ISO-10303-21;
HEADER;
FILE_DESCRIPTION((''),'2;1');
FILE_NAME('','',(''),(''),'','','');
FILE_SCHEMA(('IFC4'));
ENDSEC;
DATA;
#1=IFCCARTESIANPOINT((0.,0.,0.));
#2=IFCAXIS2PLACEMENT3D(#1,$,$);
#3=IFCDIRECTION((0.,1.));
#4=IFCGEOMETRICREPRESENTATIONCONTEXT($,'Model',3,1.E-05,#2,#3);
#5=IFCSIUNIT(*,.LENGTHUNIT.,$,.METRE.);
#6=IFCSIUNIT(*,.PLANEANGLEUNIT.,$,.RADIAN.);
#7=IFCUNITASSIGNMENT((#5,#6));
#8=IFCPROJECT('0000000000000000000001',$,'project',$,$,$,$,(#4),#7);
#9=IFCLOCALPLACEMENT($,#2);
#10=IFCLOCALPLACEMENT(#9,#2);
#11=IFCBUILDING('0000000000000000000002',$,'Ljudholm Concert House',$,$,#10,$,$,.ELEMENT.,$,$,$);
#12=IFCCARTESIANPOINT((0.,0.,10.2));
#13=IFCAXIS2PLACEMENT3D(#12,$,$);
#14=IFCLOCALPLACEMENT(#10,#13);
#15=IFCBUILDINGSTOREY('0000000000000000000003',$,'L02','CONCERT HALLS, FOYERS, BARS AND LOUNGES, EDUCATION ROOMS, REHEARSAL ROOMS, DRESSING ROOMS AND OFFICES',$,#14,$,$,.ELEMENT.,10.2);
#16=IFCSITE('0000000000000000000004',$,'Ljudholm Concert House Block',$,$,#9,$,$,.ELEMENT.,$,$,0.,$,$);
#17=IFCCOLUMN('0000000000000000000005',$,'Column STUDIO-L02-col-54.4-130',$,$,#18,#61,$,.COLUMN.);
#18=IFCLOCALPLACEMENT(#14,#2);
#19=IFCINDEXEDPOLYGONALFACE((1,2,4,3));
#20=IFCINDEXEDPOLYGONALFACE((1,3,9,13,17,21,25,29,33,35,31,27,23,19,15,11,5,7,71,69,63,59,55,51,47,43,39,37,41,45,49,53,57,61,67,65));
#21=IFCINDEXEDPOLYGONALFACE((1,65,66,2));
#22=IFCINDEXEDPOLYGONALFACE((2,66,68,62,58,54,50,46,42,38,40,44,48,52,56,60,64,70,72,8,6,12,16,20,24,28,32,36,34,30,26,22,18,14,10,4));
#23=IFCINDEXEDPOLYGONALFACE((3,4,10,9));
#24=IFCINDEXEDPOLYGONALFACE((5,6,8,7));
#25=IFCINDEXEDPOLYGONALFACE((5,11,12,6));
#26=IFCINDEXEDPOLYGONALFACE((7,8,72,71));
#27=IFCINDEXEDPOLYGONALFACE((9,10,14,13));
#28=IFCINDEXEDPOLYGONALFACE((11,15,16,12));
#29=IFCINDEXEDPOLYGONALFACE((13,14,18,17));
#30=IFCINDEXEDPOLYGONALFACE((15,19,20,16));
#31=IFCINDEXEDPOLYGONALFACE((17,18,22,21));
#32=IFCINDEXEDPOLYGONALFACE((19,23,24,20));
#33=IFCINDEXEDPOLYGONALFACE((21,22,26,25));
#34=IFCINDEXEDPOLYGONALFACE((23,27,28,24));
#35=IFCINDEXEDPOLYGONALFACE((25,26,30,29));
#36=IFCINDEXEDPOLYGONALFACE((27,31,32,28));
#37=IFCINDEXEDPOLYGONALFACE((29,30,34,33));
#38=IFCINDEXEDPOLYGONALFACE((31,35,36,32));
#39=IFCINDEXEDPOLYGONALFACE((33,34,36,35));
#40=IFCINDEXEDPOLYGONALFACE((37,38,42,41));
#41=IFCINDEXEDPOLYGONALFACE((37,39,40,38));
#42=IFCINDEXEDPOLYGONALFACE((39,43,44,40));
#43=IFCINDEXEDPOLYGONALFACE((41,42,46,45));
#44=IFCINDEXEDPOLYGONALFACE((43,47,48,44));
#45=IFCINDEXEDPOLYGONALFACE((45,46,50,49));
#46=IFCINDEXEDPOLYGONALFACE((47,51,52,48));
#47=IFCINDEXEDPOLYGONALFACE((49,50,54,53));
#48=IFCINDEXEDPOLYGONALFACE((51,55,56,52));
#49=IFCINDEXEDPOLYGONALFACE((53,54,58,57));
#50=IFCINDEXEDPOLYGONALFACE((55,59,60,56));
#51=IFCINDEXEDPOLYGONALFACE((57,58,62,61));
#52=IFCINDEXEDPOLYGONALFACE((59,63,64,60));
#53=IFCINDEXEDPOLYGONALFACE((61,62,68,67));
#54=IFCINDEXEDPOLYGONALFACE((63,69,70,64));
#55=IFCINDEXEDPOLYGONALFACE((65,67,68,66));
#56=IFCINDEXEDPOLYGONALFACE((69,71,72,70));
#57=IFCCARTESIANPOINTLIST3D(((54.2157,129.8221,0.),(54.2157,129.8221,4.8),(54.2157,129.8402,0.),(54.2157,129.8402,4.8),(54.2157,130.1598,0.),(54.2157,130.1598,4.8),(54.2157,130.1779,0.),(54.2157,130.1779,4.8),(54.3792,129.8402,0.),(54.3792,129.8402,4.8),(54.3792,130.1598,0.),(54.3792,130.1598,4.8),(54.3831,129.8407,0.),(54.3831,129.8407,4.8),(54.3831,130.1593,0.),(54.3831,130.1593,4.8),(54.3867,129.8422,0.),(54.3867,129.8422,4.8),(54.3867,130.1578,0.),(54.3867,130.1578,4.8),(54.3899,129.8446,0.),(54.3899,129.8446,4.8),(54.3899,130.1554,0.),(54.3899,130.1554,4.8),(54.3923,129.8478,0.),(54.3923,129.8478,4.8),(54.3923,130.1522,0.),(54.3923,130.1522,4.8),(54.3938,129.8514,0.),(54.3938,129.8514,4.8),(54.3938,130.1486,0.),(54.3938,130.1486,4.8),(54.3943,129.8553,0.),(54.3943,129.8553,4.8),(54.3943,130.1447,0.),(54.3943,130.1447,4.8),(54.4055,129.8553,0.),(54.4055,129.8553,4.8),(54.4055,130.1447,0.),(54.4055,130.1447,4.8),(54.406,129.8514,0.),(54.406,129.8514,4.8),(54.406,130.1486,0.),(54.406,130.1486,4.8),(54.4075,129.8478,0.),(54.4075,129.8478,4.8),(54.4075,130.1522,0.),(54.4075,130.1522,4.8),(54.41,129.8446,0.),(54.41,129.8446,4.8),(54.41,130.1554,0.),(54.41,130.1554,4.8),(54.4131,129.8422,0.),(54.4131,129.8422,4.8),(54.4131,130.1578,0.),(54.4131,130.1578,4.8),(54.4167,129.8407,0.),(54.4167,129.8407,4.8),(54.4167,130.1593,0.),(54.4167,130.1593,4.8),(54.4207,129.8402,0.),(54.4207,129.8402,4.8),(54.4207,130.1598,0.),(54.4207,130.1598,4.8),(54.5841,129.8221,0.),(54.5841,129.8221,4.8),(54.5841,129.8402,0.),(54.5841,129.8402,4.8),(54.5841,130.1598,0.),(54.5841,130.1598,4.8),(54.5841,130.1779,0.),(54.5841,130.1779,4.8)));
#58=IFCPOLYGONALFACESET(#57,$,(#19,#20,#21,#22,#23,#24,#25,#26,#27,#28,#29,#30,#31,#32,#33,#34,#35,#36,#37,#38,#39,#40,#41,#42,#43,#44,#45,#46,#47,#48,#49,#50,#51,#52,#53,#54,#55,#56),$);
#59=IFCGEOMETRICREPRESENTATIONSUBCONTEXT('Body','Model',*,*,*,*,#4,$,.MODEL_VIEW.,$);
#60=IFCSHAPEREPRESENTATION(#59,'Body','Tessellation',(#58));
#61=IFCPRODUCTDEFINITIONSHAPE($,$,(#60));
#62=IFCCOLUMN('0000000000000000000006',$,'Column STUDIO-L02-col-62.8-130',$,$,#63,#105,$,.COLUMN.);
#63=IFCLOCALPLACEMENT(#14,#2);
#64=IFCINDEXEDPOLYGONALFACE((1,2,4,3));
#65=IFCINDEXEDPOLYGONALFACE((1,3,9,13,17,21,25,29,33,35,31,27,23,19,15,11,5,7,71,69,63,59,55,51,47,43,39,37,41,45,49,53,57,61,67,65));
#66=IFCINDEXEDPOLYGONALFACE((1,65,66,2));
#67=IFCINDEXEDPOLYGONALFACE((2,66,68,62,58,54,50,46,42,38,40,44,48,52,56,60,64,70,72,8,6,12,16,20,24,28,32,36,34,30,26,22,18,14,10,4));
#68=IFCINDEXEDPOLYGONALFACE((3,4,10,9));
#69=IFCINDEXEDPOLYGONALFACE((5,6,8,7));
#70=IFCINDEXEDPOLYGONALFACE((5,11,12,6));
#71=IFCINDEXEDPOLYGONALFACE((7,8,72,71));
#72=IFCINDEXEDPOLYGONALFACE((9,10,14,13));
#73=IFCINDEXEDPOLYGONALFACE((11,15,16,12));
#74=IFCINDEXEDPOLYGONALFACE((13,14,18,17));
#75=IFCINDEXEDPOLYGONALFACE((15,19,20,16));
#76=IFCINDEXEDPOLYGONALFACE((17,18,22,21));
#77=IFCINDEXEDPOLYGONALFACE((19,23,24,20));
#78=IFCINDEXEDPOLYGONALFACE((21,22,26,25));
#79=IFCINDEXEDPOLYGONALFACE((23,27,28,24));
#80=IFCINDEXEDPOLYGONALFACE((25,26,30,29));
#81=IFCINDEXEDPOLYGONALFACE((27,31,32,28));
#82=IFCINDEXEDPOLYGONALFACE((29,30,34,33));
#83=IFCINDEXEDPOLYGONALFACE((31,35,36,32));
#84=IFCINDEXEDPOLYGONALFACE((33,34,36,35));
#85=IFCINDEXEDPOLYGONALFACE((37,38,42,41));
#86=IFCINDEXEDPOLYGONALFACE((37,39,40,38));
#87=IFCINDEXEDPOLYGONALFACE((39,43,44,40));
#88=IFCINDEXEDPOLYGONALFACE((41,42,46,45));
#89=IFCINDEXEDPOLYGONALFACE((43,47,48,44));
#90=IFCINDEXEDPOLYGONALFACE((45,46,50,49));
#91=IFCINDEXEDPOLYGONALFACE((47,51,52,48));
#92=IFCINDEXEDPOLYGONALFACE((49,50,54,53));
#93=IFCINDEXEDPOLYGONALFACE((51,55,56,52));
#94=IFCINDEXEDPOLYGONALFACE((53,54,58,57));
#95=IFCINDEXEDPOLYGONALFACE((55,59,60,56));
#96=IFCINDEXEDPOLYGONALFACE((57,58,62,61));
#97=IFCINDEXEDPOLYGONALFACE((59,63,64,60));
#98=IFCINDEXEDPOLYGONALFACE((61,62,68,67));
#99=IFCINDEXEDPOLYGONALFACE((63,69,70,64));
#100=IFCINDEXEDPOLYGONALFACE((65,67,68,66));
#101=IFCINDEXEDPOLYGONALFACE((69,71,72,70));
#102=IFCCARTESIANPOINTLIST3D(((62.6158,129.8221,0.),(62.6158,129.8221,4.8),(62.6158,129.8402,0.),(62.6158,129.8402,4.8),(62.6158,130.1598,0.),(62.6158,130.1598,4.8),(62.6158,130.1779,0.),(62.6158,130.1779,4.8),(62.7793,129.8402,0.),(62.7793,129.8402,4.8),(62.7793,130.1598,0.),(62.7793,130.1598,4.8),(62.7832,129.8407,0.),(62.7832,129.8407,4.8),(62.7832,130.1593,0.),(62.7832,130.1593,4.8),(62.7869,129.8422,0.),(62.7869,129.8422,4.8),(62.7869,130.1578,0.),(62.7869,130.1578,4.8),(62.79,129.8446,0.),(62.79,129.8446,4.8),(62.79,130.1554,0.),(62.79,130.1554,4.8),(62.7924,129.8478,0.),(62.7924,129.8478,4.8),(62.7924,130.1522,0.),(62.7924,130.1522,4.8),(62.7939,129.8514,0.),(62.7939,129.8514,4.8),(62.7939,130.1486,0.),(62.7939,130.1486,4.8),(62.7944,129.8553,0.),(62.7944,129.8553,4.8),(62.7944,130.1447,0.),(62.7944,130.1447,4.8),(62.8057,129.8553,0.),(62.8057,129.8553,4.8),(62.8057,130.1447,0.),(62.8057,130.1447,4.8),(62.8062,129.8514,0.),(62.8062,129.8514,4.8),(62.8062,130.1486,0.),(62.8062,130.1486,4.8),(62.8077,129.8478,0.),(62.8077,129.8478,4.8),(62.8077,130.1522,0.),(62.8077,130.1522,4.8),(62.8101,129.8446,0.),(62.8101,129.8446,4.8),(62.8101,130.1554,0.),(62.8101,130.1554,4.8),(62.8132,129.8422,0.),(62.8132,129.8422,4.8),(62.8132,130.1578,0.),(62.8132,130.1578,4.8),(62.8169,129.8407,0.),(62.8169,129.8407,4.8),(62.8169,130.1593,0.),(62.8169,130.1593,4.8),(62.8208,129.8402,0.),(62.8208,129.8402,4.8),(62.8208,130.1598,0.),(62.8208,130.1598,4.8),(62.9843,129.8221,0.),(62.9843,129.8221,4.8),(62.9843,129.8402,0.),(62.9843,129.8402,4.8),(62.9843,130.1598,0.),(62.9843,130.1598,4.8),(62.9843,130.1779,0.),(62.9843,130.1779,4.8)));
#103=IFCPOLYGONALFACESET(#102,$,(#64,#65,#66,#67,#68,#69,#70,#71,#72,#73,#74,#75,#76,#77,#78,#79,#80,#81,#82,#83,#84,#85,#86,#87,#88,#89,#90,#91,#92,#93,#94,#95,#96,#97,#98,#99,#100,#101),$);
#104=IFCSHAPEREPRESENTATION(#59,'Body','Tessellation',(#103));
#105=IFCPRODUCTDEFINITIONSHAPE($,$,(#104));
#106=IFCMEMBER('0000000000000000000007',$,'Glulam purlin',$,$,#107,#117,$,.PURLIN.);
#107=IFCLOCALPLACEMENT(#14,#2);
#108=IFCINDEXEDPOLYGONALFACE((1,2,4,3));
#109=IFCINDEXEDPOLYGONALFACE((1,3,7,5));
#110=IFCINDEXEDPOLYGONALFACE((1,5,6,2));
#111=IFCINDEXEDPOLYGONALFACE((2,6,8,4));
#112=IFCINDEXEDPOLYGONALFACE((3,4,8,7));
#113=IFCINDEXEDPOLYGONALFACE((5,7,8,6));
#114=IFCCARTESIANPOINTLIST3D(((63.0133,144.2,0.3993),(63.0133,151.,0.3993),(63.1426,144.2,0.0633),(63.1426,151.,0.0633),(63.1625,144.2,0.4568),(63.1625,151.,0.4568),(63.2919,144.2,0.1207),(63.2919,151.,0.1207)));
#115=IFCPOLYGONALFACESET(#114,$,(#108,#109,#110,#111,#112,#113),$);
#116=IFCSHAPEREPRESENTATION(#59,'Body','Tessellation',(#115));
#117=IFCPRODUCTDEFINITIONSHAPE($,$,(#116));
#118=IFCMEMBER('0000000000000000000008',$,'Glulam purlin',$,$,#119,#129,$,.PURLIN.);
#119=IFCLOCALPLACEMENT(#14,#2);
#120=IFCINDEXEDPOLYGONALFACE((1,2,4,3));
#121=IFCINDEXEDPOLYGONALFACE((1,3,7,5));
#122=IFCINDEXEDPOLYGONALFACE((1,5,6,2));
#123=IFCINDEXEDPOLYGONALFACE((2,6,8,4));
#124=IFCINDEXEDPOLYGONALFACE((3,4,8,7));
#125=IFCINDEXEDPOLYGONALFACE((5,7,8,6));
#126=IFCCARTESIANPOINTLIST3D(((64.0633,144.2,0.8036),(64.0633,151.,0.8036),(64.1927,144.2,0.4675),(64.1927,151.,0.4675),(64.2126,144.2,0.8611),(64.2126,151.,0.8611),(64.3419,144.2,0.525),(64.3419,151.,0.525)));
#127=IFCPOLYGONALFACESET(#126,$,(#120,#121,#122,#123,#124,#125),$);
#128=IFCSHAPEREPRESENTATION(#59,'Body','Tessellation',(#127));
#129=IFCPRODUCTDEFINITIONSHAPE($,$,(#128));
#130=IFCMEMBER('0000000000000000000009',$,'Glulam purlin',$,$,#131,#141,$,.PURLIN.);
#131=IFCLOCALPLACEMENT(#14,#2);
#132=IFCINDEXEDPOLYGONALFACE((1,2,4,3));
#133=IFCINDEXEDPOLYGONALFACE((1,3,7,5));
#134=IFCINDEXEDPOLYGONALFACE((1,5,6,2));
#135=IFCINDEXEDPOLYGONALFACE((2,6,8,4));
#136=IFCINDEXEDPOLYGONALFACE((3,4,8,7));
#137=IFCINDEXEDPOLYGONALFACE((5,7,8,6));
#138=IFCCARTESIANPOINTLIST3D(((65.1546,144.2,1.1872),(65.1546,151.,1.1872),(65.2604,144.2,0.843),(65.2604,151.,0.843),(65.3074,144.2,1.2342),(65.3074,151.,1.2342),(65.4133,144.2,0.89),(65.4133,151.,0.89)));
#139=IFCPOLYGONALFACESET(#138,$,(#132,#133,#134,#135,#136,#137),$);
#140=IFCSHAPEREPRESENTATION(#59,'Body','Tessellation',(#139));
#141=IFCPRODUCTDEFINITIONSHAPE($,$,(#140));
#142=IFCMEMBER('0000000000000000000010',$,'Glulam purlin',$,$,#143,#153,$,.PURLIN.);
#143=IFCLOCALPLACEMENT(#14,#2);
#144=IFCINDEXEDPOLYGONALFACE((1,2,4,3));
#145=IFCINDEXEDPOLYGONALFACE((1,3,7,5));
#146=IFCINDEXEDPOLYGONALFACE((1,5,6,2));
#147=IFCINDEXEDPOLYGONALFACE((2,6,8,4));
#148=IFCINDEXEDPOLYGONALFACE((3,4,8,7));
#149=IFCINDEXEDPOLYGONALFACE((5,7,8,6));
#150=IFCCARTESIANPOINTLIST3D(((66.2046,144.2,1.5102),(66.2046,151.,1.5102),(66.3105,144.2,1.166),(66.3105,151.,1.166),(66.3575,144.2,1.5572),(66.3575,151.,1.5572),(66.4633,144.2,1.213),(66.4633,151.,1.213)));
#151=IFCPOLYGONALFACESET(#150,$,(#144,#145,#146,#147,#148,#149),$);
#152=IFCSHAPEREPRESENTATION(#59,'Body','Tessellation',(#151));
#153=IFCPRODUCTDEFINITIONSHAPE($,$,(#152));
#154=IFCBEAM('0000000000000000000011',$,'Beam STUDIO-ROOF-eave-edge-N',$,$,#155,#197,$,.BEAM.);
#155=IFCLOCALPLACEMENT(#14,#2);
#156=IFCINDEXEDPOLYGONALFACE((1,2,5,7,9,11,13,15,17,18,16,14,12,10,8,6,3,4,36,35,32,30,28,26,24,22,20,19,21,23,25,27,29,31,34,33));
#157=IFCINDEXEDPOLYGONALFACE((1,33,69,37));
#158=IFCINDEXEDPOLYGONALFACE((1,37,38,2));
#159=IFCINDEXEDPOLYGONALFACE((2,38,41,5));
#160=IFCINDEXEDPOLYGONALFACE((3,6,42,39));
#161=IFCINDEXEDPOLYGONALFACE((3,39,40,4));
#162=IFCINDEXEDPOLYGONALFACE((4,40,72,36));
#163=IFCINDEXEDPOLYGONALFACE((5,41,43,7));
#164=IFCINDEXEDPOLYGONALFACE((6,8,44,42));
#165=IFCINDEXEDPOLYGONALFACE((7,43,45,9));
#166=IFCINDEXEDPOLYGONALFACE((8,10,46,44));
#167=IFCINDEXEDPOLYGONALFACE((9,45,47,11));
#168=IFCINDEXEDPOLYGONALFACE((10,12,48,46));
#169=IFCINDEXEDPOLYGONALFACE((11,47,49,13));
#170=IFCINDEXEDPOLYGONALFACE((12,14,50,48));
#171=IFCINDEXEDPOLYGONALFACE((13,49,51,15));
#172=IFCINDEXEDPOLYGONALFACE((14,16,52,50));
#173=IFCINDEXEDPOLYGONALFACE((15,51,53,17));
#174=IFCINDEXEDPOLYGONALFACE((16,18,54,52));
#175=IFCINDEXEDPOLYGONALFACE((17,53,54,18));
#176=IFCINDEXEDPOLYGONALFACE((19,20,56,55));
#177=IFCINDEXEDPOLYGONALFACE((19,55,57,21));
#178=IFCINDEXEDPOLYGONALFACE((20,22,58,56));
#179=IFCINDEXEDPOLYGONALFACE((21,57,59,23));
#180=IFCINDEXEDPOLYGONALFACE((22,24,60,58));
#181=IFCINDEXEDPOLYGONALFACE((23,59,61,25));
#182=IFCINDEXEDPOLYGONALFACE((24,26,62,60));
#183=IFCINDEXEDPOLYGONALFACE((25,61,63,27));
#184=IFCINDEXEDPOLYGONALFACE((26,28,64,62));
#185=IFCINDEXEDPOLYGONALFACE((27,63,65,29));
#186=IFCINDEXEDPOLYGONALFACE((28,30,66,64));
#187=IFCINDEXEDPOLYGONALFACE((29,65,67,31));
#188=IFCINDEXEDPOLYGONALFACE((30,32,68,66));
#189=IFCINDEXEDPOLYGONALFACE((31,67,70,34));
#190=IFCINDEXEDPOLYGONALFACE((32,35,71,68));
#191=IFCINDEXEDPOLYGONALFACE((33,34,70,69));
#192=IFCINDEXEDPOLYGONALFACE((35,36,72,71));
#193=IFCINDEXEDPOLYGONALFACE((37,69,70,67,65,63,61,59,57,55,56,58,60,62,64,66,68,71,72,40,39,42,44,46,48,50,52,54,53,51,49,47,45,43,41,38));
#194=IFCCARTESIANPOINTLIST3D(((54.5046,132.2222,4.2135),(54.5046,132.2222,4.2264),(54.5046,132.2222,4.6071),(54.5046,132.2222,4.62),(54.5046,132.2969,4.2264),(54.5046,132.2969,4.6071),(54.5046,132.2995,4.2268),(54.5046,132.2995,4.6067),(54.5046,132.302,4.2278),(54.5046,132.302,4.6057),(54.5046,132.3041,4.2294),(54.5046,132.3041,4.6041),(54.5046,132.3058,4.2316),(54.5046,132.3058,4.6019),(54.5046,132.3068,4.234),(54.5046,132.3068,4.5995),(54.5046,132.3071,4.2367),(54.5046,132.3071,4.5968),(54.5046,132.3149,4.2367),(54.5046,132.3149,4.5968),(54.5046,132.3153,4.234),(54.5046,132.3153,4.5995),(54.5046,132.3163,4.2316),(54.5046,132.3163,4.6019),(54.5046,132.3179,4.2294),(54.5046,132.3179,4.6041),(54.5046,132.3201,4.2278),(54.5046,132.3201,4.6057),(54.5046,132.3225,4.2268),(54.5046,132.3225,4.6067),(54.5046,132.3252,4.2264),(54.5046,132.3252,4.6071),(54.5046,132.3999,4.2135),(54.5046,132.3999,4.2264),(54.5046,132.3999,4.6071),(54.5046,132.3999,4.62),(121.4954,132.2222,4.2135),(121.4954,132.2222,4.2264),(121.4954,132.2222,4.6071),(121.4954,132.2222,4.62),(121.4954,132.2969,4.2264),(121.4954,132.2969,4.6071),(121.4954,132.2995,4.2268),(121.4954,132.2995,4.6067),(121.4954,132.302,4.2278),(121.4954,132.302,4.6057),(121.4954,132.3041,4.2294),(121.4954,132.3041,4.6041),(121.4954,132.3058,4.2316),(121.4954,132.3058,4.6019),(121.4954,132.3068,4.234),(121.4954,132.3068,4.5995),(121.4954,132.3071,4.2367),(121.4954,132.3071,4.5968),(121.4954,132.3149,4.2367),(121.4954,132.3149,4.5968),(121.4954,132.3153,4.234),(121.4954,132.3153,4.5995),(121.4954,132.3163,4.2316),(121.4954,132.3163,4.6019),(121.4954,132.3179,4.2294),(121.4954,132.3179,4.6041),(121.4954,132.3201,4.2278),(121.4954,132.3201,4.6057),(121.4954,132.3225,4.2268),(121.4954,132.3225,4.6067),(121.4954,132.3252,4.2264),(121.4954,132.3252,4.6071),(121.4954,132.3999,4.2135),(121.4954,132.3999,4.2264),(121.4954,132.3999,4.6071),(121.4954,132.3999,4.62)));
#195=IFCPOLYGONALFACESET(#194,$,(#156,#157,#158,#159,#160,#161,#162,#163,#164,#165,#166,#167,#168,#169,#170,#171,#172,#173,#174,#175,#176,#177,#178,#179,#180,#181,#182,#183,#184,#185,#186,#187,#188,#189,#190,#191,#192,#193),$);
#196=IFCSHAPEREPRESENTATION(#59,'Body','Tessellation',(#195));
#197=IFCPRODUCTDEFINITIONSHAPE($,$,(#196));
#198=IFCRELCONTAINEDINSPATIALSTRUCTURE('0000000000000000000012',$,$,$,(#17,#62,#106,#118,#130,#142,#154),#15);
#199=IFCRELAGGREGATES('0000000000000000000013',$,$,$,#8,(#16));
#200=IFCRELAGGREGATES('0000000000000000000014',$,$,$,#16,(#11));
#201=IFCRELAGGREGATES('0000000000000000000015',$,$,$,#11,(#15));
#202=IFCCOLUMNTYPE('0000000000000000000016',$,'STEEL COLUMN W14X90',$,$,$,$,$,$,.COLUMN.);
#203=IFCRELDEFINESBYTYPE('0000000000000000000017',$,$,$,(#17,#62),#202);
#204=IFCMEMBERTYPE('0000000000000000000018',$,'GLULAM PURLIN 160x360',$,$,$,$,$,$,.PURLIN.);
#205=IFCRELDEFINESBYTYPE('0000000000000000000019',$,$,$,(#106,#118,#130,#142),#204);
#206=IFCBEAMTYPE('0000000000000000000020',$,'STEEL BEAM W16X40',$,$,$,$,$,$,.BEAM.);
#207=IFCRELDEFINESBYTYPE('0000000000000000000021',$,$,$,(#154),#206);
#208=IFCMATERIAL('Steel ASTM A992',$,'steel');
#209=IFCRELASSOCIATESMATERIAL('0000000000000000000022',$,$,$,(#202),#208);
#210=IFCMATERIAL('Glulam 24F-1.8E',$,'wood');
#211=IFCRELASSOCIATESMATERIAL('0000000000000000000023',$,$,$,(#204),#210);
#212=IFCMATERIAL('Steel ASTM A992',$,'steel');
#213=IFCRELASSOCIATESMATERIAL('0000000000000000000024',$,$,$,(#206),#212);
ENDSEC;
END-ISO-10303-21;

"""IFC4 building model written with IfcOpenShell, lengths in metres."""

from ifc_helpers import new_model, si_unit, direction, frame, origin, origin_2d, place, context, subcontext, project, spatial, rectangle, i_section, extrude, material, material_profile, profile_set, type_object, element, save


model = new_model("IFC4")

# Units and contexts
model_context = context("Model", 3, precision=1e-05, world=origin(), true_north=direction((0.0, 1.0)))
body_context = subcontext(model_context, "Body", "Model", "MODEL_VIEW")
ifc_project = project(units=[si_unit("LENGTHUNIT", "METRE"), si_unit("PLANEANGLEUNIT", "RADIAN")], contexts=[model_context])

# Site, building, storey
site_placement = place(None, origin())
site = spatial("IfcSite", under=ifc_project, at=site_placement, Name="Ljudholm Concert House Block", CompositionType="ELEMENT", RefElevation=0.0)
building_placement = place(site_placement, origin())
building = spatial("IfcBuilding", under=site, at=building_placement, Name="Ljudholm Concert House", CompositionType="ELEMENT")
storey_placement = place(building_placement, frame((0.0, 0.0, 10.2)))
storey = spatial("IfcBuildingStorey", under=building, at=storey_placement, Name="L02", Description="CONCERT HALLS, FOYERS, BARS AND LOUNGES, EDUCATION ROOMS, REHEARSAL ROOMS, DRESSING ROOMS AND OFFICES", CompositionType="ELEMENT", Elevation=10.2)

# Columns
ifc_material_1 = material(Name="Steel ASTM A992", Category="steel")
ifc_material_profile_1 = material_profile(ifc_material_1, i_section(OverallWidth=0.3684, OverallDepth=0.3557, WebThickness=0.0112, FlangeThickness=0.0181, FilletRadius=0.0151, at=origin_2d()), Name="W14X90")
ifc_profile_set_1 = profile_set([ifc_material_profile_1], Name="Steel ASTM A992")
column_type = type_object("IfcColumnType", Name="STEEL COLUMN W14X90", PredefinedType="COLUMN", material=ifc_profile_set_1)
for number, where, z_axis, x_axis, name in (
    (1, (54.3999, 130.0, 0.0), (0.0, 0.0, 1.0), (1.0, 0.0, 0.0), "Column STUDIO-L02-col-54.4-130"),
    (2, (62.8, 130.0, 0.0), (0.0, 0.0, 1.0), (1.0, 0.0, 0.0), "Column STUDIO-L02-col-62.8-130"),
):
    element("IfcColumn", number, at=place(storey_placement, frame(where, z_axis=z_axis, x_axis=x_axis)), inside=storey, type_object=column_type, Name=name, PredefinedType="COLUMN", context=body_context, shape_type="SweptSolid", body=[
        extrude(i_section(OverallWidth=0.3684, OverallDepth=0.3557, WebThickness=0.0112, FlangeThickness=0.0181, FilletRadius=0.0151, at=origin_2d()), origin(), (0.0, 0.0, 1.0), 4.8),
    ])

# Members
ifc_material_2 = material(Name="Glulam 24F-1.8E", Category="wood")
ifc_material_profile_2 = material_profile(ifc_material_2, rectangle(XDim=0.1599, YDim=0.3601, at=origin_2d()), Name="GLULAM PURLIN 160x360")
ifc_profile_set_2 = profile_set([ifc_material_profile_2], Name="Glulam 24F-1.8E")
member_type = type_object("IfcMemberType", Name="GLULAM PURLIN 160x360", PredefinedType="PURLIN", material=ifc_profile_set_2)
for number, where, z_axis, x_axis, name in (
    (3, (63.1526, 144.2, 0.26), (0.0, 1.0, 0.0), (-0.933249, 0.0, -0.359229), "Glulam purlin"),
    (4, (64.2026, 144.2, 0.6643), (0.0, 1.0, 0.0), (-0.933249, 0.0, -0.359229), "Glulam purlin"),
    (5, (65.2839, 144.2, 1.0386), (0.0, 1.0, 0.0), (-0.955834, 0.0, -0.293906), "Glulam purlin"),
    (6, (66.334, 144.2, 1.3616), (0.0, 1.0, 0.0), (-0.955834, 0.0, -0.293906), "Glulam purlin"),
):
    element("IfcMember", number, at=place(storey_placement, frame(where, z_axis=z_axis, x_axis=x_axis)), inside=storey, type_object=member_type, Name=name, PredefinedType="PURLIN", context=body_context, shape_type="SweptSolid", body=[
        extrude(rectangle(XDim=0.1599, YDim=0.3601, at=origin_2d()), origin(), (0.0, 0.0, 1.0), 6.8),
    ])

# Beam
ifc_material_3 = material(Name="Steel ASTM A992", Category="steel")
ifc_material_profile_3 = material_profile(ifc_material_3, i_section(OverallWidth=0.1777, OverallDepth=0.4065, WebThickness=0.0078, FlangeThickness=0.0129, FilletRadius=0.0103, at=origin_2d()), Name="W16X40")
ifc_profile_set_3 = profile_set([ifc_material_profile_3], Name="Steel ASTM A992")
beam_type_1 = type_object("IfcBeamType", Name="STEEL BEAM W16X40", PredefinedType="BEAM", material=ifc_profile_set_3)
beam_1_placement = place(storey_placement, frame((54.5046, 132.311, 4.4167), z_axis=(1.0, 0.0, 0.0), x_axis=(0.0, 1.0, 0.0)))
element("IfcBeam", 7, at=beam_1_placement, inside=storey, type_object=beam_type_1, Name="Beam STUDIO-ROOF-eave-edge-N", PredefinedType="BEAM", context=body_context, shape_type="SweptSolid", body=[
    extrude(i_section(OverallWidth=0.1777, OverallDepth=0.4065, WebThickness=0.0078, FlangeThickness=0.0129, FilletRadius=0.0103, at=origin_2d()), origin(), (0.0, 0.0, 1.0), 66.9907),
])

save(model, "model.ifc")
